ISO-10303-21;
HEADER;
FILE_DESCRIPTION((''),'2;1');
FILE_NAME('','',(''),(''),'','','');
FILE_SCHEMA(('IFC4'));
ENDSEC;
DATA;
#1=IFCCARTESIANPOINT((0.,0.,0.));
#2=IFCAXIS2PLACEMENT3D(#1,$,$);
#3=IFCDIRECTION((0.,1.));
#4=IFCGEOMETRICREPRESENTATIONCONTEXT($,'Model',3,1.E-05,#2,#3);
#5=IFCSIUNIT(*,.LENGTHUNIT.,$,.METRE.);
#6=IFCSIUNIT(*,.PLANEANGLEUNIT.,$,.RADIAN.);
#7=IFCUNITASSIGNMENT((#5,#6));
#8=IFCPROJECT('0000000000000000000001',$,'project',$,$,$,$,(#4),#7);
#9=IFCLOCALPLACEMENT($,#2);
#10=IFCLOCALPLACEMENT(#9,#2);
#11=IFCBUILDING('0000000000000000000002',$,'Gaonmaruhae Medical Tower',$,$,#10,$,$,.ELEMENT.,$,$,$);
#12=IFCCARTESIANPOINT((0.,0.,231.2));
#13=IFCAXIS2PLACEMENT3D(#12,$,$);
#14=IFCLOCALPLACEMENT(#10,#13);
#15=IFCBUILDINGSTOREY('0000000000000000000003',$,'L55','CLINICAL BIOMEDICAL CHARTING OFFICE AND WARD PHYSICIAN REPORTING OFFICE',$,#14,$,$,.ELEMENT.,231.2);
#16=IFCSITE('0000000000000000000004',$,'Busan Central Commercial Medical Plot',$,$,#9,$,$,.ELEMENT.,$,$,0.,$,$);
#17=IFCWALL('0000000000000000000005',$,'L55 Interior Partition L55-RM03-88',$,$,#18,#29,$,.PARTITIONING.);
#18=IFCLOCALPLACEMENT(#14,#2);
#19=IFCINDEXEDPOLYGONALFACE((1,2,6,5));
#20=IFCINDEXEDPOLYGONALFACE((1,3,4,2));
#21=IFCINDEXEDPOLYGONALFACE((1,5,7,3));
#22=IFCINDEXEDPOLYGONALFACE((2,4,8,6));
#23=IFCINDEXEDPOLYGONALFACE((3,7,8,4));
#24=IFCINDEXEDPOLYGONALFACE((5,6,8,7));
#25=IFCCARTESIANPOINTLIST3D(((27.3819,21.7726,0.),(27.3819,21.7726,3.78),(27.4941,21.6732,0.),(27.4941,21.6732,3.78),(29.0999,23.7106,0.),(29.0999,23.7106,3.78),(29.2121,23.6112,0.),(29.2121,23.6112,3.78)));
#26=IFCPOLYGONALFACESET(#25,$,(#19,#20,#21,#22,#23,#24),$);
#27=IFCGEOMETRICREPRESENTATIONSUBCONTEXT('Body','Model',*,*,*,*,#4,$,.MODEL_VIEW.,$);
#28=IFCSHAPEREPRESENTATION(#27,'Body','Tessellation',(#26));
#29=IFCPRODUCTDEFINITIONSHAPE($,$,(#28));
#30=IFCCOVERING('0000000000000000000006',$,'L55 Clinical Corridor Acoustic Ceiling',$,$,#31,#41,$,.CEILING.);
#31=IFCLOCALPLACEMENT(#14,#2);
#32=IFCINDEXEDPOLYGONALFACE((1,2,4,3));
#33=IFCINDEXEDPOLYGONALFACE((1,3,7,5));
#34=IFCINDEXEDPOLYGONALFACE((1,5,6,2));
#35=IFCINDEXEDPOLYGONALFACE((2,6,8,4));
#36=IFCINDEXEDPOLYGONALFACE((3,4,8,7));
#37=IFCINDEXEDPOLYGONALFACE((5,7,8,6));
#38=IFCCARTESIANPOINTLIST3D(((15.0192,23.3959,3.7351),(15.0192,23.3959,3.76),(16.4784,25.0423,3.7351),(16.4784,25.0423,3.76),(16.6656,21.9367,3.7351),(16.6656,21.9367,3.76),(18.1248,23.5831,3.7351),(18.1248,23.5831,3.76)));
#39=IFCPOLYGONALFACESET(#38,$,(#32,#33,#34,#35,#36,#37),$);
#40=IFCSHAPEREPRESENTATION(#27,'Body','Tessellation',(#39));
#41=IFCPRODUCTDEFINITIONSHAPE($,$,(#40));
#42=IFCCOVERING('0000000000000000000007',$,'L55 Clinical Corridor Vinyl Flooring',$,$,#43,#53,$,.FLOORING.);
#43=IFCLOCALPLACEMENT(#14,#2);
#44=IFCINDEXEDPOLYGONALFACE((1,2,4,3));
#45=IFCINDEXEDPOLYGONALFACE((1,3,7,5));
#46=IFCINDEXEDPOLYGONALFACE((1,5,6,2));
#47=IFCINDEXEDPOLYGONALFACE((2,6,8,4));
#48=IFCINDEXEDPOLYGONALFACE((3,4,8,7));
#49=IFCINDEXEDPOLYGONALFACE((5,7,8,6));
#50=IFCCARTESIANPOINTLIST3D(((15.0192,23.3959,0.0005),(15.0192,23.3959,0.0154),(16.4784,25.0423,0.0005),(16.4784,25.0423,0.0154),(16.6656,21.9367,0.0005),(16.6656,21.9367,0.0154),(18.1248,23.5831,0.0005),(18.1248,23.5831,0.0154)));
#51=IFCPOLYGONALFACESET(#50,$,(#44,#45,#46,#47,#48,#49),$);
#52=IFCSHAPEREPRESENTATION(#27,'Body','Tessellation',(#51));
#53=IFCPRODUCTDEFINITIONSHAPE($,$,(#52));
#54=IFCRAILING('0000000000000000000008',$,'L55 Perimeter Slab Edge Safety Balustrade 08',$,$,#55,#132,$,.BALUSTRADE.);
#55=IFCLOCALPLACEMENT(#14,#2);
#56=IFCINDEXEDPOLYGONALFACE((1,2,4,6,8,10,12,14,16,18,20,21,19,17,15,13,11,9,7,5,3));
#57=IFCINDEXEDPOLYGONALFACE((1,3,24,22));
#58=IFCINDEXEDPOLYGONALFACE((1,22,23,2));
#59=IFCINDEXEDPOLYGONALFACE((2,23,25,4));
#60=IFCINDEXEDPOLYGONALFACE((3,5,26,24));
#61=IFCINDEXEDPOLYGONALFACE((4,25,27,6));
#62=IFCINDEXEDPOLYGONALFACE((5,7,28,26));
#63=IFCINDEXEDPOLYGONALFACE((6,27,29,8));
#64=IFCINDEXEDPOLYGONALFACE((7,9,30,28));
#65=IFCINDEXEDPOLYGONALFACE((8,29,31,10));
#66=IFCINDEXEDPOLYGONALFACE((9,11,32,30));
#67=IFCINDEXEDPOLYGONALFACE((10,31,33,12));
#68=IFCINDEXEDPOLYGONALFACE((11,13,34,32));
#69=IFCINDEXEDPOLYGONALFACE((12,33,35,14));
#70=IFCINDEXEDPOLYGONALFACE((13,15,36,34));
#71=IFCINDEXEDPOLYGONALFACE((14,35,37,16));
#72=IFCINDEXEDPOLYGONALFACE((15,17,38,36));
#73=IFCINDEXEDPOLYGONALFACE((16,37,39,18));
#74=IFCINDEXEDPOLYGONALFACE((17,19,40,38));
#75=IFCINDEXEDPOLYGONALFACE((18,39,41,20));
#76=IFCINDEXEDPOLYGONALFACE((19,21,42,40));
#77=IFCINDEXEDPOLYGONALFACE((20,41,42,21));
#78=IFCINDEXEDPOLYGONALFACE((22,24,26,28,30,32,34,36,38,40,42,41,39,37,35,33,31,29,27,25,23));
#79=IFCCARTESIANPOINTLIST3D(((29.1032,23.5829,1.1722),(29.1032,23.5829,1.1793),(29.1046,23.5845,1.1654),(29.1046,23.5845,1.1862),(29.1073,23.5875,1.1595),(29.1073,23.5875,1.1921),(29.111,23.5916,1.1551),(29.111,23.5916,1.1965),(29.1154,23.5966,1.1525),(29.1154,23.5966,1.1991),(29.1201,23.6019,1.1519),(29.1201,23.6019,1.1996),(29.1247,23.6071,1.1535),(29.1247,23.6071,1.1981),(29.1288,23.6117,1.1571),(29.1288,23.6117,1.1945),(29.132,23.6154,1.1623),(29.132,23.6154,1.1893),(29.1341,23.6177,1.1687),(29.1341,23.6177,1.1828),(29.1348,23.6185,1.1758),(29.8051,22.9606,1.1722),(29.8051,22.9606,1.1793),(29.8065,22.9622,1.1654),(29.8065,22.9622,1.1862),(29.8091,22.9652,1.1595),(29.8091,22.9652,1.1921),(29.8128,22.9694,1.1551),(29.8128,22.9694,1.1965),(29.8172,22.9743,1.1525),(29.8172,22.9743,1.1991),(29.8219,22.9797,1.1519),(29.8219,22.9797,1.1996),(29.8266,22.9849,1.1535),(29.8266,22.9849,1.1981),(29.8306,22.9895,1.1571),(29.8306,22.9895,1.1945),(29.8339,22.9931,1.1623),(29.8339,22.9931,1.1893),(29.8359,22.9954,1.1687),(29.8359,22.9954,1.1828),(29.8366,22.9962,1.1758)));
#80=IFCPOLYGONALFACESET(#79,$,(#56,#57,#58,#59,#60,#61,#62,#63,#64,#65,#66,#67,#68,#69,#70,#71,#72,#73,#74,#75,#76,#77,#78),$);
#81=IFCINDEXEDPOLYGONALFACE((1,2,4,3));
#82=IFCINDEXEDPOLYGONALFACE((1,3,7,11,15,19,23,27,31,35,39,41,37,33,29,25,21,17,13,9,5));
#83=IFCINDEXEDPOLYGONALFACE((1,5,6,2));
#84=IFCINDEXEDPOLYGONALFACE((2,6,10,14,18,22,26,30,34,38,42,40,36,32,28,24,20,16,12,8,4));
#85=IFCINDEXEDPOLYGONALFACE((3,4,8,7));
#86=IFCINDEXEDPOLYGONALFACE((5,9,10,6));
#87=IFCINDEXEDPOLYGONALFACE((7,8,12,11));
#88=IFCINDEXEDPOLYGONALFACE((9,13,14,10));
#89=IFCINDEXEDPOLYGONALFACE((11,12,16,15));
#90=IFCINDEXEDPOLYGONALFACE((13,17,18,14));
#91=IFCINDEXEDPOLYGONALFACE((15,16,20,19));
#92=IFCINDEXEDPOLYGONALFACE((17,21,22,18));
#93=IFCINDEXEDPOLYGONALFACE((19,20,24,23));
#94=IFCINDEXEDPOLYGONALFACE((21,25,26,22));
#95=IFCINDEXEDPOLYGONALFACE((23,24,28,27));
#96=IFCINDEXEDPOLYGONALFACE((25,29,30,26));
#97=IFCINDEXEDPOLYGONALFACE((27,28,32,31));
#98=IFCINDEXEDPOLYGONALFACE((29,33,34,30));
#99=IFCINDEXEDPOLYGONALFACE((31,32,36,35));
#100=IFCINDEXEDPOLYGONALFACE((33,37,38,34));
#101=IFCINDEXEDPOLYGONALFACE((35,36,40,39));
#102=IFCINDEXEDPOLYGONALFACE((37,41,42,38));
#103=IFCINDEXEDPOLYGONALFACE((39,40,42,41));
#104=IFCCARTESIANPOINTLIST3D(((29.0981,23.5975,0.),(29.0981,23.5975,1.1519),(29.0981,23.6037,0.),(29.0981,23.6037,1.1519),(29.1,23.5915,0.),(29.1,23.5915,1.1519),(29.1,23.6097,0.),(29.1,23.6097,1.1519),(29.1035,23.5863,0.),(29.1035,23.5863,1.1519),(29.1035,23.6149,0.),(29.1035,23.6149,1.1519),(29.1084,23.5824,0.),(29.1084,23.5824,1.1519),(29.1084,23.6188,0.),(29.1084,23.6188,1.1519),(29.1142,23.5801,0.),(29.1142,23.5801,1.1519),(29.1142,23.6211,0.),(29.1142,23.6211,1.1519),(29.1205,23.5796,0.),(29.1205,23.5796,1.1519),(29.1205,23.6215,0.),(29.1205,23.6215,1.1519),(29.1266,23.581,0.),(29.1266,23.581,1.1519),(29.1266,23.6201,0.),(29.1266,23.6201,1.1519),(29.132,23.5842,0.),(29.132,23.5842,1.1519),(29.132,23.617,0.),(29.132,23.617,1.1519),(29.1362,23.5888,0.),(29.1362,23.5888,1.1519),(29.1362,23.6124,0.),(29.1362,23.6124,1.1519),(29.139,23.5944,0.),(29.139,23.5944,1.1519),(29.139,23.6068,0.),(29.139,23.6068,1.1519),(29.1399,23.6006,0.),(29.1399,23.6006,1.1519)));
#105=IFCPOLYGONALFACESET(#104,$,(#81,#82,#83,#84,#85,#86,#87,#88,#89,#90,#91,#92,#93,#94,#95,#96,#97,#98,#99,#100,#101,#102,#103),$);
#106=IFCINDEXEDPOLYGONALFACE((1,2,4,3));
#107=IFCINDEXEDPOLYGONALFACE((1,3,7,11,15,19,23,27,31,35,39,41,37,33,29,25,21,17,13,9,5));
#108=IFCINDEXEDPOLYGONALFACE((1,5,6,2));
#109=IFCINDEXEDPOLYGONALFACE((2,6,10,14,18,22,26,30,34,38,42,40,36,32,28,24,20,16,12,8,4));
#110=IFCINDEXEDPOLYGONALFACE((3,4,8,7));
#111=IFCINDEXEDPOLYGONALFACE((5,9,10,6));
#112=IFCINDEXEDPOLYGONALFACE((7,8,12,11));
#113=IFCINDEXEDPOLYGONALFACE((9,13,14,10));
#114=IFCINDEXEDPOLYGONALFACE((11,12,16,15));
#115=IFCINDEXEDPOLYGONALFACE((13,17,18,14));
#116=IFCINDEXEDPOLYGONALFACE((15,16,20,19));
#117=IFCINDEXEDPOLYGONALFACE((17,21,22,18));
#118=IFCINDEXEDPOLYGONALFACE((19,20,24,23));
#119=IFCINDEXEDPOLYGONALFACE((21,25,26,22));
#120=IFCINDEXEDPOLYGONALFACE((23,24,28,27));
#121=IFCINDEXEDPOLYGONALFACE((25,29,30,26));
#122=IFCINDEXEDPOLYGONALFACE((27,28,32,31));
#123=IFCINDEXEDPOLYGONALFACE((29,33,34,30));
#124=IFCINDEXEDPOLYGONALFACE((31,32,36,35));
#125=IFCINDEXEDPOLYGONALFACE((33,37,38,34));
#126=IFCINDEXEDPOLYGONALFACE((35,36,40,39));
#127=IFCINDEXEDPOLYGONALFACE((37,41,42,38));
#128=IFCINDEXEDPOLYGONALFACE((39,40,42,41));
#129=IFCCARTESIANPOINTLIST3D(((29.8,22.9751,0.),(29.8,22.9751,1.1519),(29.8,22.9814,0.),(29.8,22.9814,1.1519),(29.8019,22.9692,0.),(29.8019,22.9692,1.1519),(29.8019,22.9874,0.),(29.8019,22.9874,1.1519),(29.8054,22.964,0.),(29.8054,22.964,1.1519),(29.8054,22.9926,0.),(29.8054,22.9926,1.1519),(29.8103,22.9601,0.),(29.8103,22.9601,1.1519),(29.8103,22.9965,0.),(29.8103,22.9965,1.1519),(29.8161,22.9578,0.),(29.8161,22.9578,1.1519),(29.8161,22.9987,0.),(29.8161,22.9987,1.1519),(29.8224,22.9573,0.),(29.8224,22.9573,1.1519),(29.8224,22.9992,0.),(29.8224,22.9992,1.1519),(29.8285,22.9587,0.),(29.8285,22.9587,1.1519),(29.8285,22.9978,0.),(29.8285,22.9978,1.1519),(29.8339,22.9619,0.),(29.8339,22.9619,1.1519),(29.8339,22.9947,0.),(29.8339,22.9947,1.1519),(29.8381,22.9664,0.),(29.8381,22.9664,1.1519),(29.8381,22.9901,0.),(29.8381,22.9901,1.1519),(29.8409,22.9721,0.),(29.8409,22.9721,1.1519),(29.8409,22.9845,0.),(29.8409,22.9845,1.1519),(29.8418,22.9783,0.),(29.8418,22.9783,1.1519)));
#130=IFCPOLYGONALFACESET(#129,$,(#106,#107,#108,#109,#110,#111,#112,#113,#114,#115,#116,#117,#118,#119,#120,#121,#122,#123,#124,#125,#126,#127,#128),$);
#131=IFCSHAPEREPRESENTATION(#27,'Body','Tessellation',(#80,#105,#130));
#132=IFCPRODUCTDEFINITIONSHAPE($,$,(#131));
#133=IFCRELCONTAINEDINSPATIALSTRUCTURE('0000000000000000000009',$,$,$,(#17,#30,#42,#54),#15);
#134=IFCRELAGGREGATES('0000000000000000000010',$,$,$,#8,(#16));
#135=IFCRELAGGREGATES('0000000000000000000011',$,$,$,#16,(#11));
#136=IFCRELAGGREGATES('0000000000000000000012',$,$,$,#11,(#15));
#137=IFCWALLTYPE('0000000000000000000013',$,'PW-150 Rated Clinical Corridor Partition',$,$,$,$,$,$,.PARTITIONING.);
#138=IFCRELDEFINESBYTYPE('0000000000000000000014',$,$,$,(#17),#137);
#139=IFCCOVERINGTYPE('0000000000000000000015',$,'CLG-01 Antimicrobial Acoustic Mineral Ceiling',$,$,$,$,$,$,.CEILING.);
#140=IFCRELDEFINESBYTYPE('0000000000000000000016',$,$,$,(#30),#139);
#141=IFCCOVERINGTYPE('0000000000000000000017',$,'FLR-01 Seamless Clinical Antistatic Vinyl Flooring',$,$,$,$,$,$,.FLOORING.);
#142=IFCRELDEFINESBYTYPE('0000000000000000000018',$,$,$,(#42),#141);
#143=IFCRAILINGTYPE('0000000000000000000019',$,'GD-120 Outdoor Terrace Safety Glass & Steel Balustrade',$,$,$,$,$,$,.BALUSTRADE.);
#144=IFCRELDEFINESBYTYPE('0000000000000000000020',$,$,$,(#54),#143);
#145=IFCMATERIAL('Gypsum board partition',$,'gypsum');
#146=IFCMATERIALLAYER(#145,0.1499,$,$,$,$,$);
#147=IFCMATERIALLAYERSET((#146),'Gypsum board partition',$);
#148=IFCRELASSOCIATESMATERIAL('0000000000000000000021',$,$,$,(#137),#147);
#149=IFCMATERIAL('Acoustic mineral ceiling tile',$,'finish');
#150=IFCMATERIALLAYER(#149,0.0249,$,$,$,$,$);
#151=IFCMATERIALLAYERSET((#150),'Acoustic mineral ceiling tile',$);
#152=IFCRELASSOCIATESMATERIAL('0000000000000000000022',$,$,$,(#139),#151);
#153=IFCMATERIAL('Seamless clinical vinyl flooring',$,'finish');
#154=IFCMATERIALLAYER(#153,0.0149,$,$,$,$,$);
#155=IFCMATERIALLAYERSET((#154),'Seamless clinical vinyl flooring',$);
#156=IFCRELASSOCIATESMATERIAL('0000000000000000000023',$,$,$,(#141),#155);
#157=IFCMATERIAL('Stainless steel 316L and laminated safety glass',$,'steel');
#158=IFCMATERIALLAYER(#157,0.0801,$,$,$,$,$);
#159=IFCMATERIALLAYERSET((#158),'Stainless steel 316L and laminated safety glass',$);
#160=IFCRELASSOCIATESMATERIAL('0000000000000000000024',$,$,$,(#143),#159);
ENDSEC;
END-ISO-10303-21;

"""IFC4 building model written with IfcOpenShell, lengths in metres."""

from ifc_helpers import new_model, si_unit, direction, frame, frame_2d, origin, origin_2d, place, context, subcontext, project, spatial, rectangle, circle, extrude, material, layer, layer_set, type_object, element, save


model = new_model("IFC4")

# Units and contexts
model_context = context("Model", 3, precision=1e-05, world=origin(), true_north=direction((0.0, 1.0)))
body_context = subcontext(model_context, "Body", "Model", "MODEL_VIEW")
ifc_project = project(units=[si_unit("LENGTHUNIT", "METRE"), si_unit("PLANEANGLEUNIT", "RADIAN")], contexts=[model_context])

# Site, building, storey
site_placement = place(None, origin())
site = spatial("IfcSite", under=ifc_project, at=site_placement, Name="Busan Central Commercial Medical Plot", CompositionType="ELEMENT", RefElevation=0.0)
building_placement = place(site_placement, origin())
building = spatial("IfcBuilding", under=site, at=building_placement, Name="Gaonmaruhae Medical Tower", CompositionType="ELEMENT")
storey_placement = place(building_placement, frame((0.0, 0.0, 231.2)))
storey = spatial("IfcBuildingStorey", under=building, at=storey_placement, Name="L55", Description="CLINICAL BIOMEDICAL CHARTING OFFICE AND WARD PHYSICIAN REPORTING OFFICE", CompositionType="ELEMENT", Elevation=231.2)

# Shared definitions
ifc_material_1 = material(Name="Gypsum board partition", Category="gypsum")
ifc_layer_1 = layer(ifc_material_1, 0.1499)
ifc_layer_set_1 = layer_set([ifc_layer_1], Name="Gypsum board partition")
wall_type_1 = type_object("IfcWallType", Name="PW-150 Rated Clinical Corridor Partition", PredefinedType="PARTITIONING", material=ifc_layer_set_1)

# Wall
wall_1_placement = place(storey_placement, frame((29.156, 23.6609, 0.0), z_axis=(0.0, 0.0, 1.0), x_axis=(-0.663363, -0.748298, 0.0)))
element("IfcWall", 1, at=wall_1_placement, inside=storey, type_object=wall_type_1, Name="L55 Interior Partition L55-RM03-88", PredefinedType="PARTITIONING", context=body_context, shape_type="SweptSolid", body=[
    extrude(rectangle(XDim=2.5898, YDim=0.1499, at=frame_2d((1.2949, 0.0))), origin(), (0.0, 0.0, 1.0), 3.78),
])

# Coverings
ifc_material_2 = material(Name="Acoustic mineral ceiling tile", Category="finish")
ifc_layer_2 = layer(ifc_material_2, 0.0249)
ifc_layer_set_2 = layer_set([ifc_layer_2], Name="Acoustic mineral ceiling tile")
covering_type_1 = type_object("IfcCoveringType", Name="CLG-01 Antimicrobial Acoustic Mineral Ceiling", PredefinedType="CEILING", material=ifc_layer_set_2)
covering_1_placement = place(storey_placement, frame((16.572, 23.4895, 3.7351), z_axis=(0.0, 0.0, 1.0), x_axis=(0.663273, 0.748377, 0.0)))
element("IfcCovering", 2, at=covering_1_placement, inside=storey, type_object=covering_type_1, Name="L55 Clinical Corridor Acoustic Ceiling", PredefinedType="CEILING", context=body_context, shape_type="SweptSolid", body=[
    extrude(rectangle(XDim=2.2, YDim=2.2, at=origin_2d()), origin(), (0.0, 0.0, 1.0), 0.0249),
])
ifc_material_3 = material(Name="Seamless clinical vinyl flooring", Category="finish")
ifc_layer_3 = layer(ifc_material_3, 0.0149)
ifc_layer_set_3 = layer_set([ifc_layer_3], Name="Seamless clinical vinyl flooring")
covering_type_2 = type_object("IfcCoveringType", Name="FLR-01 Seamless Clinical Antistatic Vinyl Flooring", PredefinedType="FLOORING", material=ifc_layer_set_3)
covering_2_placement = place(storey_placement, frame((16.572, 23.4895, 0.0005), z_axis=(0.0, 0.0, 1.0), x_axis=(0.663273, 0.748377, 0.0)))
element("IfcCovering", 3, at=covering_2_placement, inside=storey, type_object=covering_type_2, Name="L55 Clinical Corridor Vinyl Flooring", PredefinedType="FLOORING", context=body_context, shape_type="SweptSolid", body=[
    extrude(rectangle(XDim=2.2, YDim=2.2, at=origin_2d()), origin(), (0.0, 0.0, 1.0), 0.0149),
])

# Railing
ifc_material_4 = material(Name="Stainless steel 316L and laminated safety glass", Category="steel")
ifc_layer_4 = layer(ifc_material_4, 0.0801)
ifc_layer_set_4 = layer_set([ifc_layer_4], Name="Stainless steel 316L and laminated safety glass")
railing_type = type_object("IfcRailingType", Name="GD-120 Outdoor Terrace Safety Glass & Steel Balustrade", PredefinedType="BALUSTRADE", material=ifc_layer_set_4)
railing_placement = place(storey_placement, frame((29.1189, 23.6006, 0.0)))
element("IfcRailing", 4, at=railing_placement, inside=storey, type_object=railing_type, Name="L55 Perimeter Slab Edge Safety Balustrade 08", PredefinedType="BALUSTRADE", context=body_context, shape_type="SweptSolid", body=[
    extrude(circle(Radius=0.0239, at=origin_2d()), frame((0.0, 0.0, 1.1758), z_axis=(0.748256, -0.66341, 0.0), x_axis=(0.66341, 0.748256, 0.0)), (0.0, 0.0, 1.0), 0.938),
    extrude(circle(Radius=0.021, at=origin_2d()), origin(), (0.0, 0.0, 1.0), 1.1519),
    extrude(circle(Radius=0.021, at=origin_2d()), frame((0.7019, -0.6223, 0.0)), (0.0, 0.0, 1.0), 1.1519),
])

save(model, "model.ifc")
